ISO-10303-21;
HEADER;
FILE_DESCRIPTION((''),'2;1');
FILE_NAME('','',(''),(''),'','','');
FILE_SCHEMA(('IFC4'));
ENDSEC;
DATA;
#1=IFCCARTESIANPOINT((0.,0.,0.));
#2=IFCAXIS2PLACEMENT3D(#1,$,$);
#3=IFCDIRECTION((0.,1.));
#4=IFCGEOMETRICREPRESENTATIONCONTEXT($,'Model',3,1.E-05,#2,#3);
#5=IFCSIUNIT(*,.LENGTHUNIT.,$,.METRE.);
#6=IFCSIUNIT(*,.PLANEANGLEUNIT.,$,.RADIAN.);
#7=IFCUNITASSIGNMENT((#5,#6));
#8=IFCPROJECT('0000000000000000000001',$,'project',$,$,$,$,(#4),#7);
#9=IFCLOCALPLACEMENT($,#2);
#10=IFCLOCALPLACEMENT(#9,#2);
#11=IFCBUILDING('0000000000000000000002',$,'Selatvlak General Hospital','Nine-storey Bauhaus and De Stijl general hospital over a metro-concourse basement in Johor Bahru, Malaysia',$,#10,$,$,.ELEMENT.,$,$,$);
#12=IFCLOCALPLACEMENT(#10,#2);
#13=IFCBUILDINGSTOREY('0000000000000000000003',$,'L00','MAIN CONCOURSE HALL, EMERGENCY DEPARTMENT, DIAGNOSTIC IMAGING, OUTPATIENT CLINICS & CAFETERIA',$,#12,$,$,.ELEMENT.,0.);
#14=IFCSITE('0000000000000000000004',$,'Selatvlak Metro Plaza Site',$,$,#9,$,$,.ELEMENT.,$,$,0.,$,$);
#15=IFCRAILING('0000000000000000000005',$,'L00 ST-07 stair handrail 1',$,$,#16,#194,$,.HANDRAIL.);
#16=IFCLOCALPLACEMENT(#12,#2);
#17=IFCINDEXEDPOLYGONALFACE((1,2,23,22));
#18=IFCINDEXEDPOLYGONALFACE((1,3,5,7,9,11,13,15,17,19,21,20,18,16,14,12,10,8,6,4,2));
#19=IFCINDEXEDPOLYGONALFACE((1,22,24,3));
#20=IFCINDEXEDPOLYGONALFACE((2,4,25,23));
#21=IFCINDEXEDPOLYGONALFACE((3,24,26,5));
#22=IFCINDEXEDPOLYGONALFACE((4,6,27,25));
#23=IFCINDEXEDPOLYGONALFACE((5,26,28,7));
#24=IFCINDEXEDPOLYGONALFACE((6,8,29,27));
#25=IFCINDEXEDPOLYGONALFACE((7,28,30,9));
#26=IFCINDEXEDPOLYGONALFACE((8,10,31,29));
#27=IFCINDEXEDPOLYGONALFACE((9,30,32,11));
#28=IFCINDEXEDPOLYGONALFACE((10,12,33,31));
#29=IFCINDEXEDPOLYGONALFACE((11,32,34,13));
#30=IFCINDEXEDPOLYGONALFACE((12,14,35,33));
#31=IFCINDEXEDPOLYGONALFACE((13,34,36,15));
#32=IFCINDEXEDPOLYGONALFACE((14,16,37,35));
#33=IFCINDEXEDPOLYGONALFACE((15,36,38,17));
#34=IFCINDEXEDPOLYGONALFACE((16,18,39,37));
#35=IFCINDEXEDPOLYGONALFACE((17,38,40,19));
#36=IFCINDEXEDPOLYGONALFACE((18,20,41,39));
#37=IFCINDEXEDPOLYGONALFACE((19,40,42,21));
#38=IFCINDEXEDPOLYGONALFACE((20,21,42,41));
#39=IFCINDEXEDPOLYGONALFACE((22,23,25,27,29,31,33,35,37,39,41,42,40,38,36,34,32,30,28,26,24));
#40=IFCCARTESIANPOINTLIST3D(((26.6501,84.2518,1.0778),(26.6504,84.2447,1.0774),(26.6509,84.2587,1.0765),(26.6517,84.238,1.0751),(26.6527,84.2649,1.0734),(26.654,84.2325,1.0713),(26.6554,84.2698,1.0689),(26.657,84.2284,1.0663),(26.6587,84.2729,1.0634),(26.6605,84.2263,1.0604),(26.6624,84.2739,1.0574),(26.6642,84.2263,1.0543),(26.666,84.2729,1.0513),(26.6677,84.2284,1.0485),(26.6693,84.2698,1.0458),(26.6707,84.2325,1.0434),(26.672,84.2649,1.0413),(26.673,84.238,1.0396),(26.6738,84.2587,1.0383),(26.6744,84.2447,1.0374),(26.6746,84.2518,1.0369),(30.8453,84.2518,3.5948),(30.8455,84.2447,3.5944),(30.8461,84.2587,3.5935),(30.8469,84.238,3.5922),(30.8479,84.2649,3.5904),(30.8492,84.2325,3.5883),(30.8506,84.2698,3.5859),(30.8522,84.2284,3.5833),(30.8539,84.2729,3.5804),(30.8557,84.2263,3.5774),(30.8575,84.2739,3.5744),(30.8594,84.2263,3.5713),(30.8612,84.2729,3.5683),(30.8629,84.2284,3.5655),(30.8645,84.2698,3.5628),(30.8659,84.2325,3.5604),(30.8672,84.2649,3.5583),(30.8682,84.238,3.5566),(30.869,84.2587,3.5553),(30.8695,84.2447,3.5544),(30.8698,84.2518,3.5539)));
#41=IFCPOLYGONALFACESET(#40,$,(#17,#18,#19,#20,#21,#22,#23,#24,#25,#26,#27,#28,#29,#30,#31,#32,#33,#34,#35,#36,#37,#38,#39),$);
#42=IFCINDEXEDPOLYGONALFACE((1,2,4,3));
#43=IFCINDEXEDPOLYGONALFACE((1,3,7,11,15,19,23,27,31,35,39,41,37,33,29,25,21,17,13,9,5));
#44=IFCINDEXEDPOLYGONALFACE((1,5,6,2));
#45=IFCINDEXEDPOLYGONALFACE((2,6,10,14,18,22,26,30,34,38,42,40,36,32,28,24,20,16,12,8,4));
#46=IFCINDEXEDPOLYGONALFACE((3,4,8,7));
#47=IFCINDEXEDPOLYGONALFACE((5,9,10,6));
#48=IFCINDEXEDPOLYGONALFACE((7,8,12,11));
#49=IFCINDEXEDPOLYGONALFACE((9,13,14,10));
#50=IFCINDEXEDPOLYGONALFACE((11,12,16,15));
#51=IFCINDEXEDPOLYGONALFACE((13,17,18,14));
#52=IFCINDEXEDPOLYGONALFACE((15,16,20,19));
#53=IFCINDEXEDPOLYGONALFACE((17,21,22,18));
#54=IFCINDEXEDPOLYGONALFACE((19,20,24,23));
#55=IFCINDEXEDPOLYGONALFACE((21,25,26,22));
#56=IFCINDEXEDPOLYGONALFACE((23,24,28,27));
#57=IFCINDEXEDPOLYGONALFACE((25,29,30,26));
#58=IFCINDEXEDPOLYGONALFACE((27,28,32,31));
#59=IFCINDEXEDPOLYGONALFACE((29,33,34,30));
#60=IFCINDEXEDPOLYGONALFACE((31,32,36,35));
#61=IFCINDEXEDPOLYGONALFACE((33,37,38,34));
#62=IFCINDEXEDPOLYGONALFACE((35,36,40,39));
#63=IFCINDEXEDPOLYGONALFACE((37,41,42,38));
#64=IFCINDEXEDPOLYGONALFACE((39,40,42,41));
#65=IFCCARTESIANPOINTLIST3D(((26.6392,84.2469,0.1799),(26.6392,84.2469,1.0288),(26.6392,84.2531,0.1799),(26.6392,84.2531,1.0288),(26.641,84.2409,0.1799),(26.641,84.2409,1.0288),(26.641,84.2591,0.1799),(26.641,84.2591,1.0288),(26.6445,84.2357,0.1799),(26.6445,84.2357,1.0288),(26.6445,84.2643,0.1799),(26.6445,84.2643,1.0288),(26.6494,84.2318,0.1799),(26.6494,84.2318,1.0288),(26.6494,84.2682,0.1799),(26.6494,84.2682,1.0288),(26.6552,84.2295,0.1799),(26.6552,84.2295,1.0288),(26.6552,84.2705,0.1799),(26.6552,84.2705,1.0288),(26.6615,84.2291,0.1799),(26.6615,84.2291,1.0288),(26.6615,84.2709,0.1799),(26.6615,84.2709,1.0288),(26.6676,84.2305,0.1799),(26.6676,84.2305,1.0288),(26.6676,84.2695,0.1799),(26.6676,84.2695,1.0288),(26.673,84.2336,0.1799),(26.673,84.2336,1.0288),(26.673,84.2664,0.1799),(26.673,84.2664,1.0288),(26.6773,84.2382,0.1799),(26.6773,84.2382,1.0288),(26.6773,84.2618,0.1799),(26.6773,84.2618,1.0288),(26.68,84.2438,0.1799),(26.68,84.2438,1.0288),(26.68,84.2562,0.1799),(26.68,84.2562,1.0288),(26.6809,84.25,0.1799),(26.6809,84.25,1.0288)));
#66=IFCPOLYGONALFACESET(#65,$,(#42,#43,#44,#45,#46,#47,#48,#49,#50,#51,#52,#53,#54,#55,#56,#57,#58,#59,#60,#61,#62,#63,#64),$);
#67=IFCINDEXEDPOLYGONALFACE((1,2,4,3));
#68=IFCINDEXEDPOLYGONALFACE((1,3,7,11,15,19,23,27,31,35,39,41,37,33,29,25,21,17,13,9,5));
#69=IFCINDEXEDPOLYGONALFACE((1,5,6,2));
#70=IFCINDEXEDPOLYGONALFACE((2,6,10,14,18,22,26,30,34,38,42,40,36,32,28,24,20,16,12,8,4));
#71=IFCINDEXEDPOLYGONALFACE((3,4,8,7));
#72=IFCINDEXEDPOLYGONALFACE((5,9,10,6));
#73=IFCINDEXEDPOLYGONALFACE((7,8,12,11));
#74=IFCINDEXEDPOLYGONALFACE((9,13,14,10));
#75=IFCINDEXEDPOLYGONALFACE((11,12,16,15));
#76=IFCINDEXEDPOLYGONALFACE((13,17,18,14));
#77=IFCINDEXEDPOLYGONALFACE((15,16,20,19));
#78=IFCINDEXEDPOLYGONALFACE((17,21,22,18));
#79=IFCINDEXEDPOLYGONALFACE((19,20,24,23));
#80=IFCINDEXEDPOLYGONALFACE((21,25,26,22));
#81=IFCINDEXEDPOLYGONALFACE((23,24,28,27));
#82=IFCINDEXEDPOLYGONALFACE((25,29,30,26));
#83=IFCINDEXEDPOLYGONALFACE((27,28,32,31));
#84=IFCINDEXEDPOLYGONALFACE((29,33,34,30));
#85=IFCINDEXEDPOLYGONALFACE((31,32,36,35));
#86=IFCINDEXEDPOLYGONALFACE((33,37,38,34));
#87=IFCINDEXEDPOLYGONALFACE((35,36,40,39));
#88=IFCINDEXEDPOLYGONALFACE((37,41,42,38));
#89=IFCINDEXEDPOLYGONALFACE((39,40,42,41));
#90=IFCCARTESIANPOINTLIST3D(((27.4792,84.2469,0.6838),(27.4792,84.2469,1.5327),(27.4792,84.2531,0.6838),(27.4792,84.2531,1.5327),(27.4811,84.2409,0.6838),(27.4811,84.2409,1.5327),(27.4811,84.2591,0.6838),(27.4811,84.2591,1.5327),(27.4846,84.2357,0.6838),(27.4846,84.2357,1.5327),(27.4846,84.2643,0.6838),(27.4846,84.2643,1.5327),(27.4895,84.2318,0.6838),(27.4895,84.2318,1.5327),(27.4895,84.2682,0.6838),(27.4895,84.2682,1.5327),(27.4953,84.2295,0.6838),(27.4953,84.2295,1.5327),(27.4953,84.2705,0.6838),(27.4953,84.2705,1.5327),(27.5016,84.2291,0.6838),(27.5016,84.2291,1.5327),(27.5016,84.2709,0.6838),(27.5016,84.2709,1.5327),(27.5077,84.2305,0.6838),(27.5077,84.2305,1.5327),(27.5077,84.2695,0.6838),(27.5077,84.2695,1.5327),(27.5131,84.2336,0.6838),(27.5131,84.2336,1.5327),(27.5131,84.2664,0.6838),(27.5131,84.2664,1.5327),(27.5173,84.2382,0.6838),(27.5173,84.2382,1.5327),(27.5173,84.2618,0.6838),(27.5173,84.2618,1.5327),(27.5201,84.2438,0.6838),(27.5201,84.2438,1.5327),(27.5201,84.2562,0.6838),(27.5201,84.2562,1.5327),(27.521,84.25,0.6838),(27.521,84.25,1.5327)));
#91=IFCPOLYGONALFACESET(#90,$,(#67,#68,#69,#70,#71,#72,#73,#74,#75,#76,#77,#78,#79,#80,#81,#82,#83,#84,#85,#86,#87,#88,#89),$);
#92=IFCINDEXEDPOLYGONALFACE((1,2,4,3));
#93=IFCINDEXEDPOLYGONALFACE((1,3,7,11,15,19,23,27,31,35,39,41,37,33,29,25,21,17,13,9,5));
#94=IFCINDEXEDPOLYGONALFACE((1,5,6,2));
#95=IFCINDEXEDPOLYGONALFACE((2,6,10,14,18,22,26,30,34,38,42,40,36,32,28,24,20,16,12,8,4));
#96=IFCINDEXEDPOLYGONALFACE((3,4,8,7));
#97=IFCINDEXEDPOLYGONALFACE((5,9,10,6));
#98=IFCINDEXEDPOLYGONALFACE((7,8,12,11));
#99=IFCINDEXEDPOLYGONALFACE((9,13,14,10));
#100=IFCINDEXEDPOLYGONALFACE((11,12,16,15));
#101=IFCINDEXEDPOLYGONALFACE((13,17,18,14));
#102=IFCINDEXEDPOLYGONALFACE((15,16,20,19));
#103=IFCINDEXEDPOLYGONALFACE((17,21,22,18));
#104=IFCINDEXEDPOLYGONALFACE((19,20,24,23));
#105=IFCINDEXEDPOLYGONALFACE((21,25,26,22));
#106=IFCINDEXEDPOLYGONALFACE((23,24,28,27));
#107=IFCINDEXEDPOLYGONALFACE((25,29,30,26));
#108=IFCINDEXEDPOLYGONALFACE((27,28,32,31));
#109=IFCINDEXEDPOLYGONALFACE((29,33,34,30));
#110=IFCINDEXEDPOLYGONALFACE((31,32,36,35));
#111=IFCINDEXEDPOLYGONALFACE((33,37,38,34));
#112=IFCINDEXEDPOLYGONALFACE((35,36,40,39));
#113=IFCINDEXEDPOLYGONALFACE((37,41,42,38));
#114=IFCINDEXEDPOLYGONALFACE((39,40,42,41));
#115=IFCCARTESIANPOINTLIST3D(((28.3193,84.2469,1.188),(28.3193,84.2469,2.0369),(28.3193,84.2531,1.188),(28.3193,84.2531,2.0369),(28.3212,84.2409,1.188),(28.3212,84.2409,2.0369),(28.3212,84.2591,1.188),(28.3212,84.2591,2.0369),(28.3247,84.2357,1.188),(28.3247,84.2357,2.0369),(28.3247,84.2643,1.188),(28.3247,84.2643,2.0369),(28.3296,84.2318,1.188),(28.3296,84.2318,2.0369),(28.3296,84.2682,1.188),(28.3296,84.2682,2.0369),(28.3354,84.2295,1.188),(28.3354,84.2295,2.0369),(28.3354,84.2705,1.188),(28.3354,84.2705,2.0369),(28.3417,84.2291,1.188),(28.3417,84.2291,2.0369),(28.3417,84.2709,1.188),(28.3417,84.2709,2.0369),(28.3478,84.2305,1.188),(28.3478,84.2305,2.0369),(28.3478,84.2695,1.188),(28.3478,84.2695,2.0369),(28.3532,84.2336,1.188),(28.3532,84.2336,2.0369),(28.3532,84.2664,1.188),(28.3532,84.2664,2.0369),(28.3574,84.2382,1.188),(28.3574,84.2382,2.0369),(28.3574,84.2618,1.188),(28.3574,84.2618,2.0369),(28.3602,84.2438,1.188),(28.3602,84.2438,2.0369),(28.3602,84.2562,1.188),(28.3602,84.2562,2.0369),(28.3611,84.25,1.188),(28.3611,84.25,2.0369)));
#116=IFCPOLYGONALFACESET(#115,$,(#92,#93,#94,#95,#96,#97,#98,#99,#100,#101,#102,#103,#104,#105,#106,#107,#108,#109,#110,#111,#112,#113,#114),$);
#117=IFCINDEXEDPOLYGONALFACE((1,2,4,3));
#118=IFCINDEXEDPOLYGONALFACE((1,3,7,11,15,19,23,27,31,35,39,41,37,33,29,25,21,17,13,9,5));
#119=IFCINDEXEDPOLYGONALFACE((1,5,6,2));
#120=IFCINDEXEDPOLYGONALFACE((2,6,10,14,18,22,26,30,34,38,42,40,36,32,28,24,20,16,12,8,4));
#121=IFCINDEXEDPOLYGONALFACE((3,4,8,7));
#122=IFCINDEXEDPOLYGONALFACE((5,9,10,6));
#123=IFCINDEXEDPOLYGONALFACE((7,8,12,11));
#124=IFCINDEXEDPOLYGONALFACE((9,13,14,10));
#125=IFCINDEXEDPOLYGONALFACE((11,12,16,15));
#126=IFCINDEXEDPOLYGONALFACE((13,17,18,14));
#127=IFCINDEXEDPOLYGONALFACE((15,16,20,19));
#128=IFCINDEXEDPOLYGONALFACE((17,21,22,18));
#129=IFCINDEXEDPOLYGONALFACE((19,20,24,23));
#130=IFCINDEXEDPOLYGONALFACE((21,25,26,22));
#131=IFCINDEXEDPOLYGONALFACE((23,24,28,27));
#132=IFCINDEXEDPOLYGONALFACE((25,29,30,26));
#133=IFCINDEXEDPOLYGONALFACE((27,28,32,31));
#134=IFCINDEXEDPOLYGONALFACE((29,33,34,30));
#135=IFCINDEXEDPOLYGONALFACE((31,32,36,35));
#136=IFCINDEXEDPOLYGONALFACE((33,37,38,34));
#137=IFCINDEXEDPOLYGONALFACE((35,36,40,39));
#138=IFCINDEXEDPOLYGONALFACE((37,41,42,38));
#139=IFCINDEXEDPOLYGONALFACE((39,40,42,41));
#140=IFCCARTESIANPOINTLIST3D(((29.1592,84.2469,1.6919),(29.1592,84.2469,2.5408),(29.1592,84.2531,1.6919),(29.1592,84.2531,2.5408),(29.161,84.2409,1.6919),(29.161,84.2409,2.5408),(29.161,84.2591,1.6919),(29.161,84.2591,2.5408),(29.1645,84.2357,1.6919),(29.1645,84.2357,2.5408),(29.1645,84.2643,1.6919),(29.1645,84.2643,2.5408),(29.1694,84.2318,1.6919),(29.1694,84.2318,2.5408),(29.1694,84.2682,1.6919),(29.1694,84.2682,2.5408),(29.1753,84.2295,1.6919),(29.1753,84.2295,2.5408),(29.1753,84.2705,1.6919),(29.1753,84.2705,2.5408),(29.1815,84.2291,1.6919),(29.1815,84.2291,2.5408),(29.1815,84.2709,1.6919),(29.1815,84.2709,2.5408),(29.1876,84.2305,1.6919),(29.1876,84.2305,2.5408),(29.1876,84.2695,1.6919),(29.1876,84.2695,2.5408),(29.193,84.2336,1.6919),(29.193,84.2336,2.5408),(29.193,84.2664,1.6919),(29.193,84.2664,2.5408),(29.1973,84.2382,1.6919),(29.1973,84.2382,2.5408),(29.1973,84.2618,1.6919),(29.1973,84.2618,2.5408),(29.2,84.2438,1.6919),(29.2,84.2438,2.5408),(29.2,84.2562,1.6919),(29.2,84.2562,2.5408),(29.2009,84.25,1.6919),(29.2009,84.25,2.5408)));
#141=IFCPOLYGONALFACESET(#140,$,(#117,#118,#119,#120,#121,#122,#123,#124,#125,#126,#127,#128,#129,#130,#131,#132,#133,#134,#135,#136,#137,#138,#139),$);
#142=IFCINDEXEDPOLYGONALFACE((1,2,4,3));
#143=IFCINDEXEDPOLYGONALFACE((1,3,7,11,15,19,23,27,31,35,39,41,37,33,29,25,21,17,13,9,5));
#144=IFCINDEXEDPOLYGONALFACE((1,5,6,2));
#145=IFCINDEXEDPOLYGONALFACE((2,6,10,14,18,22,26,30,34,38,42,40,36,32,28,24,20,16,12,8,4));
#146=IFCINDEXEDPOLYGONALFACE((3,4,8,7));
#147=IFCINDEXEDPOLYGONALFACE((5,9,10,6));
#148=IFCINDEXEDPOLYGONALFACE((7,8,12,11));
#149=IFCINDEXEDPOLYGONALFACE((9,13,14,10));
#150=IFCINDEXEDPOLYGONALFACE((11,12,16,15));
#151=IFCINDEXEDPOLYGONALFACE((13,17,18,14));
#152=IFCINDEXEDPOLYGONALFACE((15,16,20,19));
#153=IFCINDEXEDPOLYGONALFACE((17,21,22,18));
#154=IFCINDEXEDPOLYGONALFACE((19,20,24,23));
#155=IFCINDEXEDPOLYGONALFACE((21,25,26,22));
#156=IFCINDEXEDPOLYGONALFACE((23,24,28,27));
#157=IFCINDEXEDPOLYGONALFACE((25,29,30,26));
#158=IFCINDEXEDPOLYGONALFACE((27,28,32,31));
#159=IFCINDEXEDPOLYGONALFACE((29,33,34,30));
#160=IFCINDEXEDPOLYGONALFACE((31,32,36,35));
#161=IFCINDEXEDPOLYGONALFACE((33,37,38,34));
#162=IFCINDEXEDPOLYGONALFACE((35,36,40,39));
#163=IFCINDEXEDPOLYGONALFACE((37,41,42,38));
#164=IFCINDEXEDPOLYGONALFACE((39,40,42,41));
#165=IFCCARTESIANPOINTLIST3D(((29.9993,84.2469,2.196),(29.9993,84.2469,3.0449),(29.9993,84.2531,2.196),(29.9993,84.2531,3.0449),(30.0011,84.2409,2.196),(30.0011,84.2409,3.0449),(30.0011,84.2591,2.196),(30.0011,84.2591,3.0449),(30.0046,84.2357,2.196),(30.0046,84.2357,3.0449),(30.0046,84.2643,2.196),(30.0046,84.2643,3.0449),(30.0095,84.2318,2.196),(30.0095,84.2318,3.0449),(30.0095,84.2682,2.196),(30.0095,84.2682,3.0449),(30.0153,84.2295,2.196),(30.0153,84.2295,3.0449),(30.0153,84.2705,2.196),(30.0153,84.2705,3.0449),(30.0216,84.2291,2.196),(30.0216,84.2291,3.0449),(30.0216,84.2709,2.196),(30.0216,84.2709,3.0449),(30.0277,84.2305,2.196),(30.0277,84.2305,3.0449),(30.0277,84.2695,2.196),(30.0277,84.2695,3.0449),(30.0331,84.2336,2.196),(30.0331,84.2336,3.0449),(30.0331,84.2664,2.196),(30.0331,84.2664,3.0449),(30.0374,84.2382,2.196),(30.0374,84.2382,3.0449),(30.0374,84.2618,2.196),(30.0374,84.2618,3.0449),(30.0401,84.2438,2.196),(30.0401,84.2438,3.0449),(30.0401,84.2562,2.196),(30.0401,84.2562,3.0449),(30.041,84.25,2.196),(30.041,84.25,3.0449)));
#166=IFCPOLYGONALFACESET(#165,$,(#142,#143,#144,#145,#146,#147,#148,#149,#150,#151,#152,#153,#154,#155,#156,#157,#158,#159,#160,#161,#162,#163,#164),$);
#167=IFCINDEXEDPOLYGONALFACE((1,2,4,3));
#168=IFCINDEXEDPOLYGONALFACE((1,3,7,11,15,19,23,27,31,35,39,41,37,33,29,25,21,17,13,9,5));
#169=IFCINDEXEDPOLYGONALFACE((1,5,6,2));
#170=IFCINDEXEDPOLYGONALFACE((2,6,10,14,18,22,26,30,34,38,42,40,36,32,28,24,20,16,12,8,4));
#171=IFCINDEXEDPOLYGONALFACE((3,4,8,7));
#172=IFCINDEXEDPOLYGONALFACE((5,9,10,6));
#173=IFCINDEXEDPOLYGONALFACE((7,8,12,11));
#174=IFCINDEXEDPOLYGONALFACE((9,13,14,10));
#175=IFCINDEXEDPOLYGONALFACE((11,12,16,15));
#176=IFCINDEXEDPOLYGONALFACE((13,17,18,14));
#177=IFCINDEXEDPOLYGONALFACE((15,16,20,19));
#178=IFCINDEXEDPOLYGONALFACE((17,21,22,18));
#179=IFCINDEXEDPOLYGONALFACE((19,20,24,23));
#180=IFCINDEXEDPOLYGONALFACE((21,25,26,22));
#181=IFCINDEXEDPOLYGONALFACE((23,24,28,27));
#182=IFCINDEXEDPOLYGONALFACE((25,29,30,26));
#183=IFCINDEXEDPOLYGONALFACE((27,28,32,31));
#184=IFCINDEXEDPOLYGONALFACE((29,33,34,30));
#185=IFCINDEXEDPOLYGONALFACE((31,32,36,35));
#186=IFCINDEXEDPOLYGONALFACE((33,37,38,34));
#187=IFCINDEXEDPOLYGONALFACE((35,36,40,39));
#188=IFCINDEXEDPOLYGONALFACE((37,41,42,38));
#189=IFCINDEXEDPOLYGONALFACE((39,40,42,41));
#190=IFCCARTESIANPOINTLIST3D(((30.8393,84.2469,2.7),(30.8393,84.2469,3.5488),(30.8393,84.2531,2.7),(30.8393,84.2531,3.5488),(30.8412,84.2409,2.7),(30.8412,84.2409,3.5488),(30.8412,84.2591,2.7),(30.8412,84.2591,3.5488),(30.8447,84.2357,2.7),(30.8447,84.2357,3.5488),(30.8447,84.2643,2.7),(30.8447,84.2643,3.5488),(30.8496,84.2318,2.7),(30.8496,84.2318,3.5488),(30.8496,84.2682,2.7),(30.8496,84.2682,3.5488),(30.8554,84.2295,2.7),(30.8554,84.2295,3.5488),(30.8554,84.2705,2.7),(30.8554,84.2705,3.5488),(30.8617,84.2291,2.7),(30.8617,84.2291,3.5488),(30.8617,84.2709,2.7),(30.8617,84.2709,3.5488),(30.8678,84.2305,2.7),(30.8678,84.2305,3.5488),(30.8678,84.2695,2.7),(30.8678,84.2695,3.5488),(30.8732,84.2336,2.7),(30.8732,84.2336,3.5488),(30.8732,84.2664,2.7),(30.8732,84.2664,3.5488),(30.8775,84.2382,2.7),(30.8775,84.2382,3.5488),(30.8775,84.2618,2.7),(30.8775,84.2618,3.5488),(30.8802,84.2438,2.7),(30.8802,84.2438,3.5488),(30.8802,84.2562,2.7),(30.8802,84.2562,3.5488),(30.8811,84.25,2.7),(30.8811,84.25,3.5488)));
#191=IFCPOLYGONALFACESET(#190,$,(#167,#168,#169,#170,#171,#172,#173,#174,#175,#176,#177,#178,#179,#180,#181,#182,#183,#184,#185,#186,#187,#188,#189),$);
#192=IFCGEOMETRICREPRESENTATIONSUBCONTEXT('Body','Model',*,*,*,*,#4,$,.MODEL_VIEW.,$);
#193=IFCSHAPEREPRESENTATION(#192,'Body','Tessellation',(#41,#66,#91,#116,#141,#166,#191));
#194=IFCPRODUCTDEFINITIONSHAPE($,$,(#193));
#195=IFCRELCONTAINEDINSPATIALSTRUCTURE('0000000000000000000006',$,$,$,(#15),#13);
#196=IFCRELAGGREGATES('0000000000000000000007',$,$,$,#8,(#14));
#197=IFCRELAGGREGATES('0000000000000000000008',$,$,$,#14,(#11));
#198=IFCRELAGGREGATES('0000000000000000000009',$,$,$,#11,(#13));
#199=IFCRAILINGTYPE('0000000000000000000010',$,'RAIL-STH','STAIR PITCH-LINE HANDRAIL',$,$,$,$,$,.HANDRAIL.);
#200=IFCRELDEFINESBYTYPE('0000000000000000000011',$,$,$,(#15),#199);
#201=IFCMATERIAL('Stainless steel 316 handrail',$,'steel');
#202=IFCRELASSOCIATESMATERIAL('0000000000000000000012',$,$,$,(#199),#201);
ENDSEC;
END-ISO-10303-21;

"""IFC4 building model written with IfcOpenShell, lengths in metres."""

from ifc_helpers import new_model, si_unit, direction, frame, origin, origin_2d, place, context, subcontext, project, spatial, circle, extrude, material, type_object, element, save


model = new_model("IFC4")

# Units and contexts
model_context = context("Model", 3, precision=1e-05, world=origin(), true_north=direction((0.0, 1.0)))
body_context = subcontext(model_context, "Body", "Model", "MODEL_VIEW")
ifc_project = project(units=[si_unit("LENGTHUNIT", "METRE"), si_unit("PLANEANGLEUNIT", "RADIAN")], contexts=[model_context])

# Site, building, storey
site_placement = place(None, origin())
site = spatial("IfcSite", under=ifc_project, at=site_placement, Name="Selatvlak Metro Plaza Site", CompositionType="ELEMENT", RefElevation=0.0)
building_placement = place(site_placement, origin())
building = spatial("IfcBuilding", under=site, at=building_placement, Name="Selatvlak General Hospital", Description="Nine-storey Bauhaus and De Stijl general hospital over a metro-concourse basement in Johor Bahru, Malaysia", CompositionType="ELEMENT")
storey_placement = place(building_placement, origin())
storey = spatial("IfcBuildingStorey", under=building, at=storey_placement, Name="L00", Description="MAIN CONCOURSE HALL, EMERGENCY DEPARTMENT, DIAGNOSTIC IMAGING, OUTPATIENT CLINICS & CAFETERIA", CompositionType="ELEMENT", Elevation=0.0)

# Railing
ifc_material_1 = material(Name="Stainless steel 316 handrail", Category="steel")
railing_type_1 = type_object("IfcRailingType", Name="RAIL-STH", Description="STAIR PITCH-LINE HANDRAIL", PredefinedType="HANDRAIL", material=ifc_material_1)
railing_1_placement = place(storey_placement, frame((26.6599, 84.25, 0.1799)))
element("IfcRailing", 1, at=railing_1_placement, inside=storey, type_object=railing_type_1, Name="L00 ST-07 stair handrail 1", PredefinedType="HANDRAIL", context=body_context, shape_type="SweptSolid", body=[
    extrude(circle(Radius=0.0239, at=origin_2d()), frame((0.0024, 0.0, 0.8774), z_axis=(0.857502, 0.0, 0.514481), x_axis=(0.0, 1.0, 0.0)), (0.0, 0.0, 1.0), 4.8923),
    extrude(circle(Radius=0.021, at=origin_2d()), origin(), (0.0, 0.0, 1.0), 0.8489),
    extrude(circle(Radius=0.021, at=origin_2d()), frame((0.8401, 0.0, 0.5039)), (0.0, 0.0, 1.0), 0.8489),
    extrude(circle(Radius=0.021, at=origin_2d()), frame((1.6802, 0.0, 1.0081)), (0.0, 0.0, 1.0), 0.8489),
    extrude(circle(Radius=0.021, at=origin_2d()), frame((2.52, 0.0, 1.512)), (0.0, 0.0, 1.0), 0.8489),
    extrude(circle(Radius=0.021, at=origin_2d()), frame((3.3601, 0.0, 2.0161)), (0.0, 0.0, 1.0), 0.8489),
    extrude(circle(Radius=0.021, at=origin_2d()), frame((4.2002, 0.0, 2.52)), (0.0, 0.0, 1.0), 0.8489),
])

save(model, "model.ifc")
